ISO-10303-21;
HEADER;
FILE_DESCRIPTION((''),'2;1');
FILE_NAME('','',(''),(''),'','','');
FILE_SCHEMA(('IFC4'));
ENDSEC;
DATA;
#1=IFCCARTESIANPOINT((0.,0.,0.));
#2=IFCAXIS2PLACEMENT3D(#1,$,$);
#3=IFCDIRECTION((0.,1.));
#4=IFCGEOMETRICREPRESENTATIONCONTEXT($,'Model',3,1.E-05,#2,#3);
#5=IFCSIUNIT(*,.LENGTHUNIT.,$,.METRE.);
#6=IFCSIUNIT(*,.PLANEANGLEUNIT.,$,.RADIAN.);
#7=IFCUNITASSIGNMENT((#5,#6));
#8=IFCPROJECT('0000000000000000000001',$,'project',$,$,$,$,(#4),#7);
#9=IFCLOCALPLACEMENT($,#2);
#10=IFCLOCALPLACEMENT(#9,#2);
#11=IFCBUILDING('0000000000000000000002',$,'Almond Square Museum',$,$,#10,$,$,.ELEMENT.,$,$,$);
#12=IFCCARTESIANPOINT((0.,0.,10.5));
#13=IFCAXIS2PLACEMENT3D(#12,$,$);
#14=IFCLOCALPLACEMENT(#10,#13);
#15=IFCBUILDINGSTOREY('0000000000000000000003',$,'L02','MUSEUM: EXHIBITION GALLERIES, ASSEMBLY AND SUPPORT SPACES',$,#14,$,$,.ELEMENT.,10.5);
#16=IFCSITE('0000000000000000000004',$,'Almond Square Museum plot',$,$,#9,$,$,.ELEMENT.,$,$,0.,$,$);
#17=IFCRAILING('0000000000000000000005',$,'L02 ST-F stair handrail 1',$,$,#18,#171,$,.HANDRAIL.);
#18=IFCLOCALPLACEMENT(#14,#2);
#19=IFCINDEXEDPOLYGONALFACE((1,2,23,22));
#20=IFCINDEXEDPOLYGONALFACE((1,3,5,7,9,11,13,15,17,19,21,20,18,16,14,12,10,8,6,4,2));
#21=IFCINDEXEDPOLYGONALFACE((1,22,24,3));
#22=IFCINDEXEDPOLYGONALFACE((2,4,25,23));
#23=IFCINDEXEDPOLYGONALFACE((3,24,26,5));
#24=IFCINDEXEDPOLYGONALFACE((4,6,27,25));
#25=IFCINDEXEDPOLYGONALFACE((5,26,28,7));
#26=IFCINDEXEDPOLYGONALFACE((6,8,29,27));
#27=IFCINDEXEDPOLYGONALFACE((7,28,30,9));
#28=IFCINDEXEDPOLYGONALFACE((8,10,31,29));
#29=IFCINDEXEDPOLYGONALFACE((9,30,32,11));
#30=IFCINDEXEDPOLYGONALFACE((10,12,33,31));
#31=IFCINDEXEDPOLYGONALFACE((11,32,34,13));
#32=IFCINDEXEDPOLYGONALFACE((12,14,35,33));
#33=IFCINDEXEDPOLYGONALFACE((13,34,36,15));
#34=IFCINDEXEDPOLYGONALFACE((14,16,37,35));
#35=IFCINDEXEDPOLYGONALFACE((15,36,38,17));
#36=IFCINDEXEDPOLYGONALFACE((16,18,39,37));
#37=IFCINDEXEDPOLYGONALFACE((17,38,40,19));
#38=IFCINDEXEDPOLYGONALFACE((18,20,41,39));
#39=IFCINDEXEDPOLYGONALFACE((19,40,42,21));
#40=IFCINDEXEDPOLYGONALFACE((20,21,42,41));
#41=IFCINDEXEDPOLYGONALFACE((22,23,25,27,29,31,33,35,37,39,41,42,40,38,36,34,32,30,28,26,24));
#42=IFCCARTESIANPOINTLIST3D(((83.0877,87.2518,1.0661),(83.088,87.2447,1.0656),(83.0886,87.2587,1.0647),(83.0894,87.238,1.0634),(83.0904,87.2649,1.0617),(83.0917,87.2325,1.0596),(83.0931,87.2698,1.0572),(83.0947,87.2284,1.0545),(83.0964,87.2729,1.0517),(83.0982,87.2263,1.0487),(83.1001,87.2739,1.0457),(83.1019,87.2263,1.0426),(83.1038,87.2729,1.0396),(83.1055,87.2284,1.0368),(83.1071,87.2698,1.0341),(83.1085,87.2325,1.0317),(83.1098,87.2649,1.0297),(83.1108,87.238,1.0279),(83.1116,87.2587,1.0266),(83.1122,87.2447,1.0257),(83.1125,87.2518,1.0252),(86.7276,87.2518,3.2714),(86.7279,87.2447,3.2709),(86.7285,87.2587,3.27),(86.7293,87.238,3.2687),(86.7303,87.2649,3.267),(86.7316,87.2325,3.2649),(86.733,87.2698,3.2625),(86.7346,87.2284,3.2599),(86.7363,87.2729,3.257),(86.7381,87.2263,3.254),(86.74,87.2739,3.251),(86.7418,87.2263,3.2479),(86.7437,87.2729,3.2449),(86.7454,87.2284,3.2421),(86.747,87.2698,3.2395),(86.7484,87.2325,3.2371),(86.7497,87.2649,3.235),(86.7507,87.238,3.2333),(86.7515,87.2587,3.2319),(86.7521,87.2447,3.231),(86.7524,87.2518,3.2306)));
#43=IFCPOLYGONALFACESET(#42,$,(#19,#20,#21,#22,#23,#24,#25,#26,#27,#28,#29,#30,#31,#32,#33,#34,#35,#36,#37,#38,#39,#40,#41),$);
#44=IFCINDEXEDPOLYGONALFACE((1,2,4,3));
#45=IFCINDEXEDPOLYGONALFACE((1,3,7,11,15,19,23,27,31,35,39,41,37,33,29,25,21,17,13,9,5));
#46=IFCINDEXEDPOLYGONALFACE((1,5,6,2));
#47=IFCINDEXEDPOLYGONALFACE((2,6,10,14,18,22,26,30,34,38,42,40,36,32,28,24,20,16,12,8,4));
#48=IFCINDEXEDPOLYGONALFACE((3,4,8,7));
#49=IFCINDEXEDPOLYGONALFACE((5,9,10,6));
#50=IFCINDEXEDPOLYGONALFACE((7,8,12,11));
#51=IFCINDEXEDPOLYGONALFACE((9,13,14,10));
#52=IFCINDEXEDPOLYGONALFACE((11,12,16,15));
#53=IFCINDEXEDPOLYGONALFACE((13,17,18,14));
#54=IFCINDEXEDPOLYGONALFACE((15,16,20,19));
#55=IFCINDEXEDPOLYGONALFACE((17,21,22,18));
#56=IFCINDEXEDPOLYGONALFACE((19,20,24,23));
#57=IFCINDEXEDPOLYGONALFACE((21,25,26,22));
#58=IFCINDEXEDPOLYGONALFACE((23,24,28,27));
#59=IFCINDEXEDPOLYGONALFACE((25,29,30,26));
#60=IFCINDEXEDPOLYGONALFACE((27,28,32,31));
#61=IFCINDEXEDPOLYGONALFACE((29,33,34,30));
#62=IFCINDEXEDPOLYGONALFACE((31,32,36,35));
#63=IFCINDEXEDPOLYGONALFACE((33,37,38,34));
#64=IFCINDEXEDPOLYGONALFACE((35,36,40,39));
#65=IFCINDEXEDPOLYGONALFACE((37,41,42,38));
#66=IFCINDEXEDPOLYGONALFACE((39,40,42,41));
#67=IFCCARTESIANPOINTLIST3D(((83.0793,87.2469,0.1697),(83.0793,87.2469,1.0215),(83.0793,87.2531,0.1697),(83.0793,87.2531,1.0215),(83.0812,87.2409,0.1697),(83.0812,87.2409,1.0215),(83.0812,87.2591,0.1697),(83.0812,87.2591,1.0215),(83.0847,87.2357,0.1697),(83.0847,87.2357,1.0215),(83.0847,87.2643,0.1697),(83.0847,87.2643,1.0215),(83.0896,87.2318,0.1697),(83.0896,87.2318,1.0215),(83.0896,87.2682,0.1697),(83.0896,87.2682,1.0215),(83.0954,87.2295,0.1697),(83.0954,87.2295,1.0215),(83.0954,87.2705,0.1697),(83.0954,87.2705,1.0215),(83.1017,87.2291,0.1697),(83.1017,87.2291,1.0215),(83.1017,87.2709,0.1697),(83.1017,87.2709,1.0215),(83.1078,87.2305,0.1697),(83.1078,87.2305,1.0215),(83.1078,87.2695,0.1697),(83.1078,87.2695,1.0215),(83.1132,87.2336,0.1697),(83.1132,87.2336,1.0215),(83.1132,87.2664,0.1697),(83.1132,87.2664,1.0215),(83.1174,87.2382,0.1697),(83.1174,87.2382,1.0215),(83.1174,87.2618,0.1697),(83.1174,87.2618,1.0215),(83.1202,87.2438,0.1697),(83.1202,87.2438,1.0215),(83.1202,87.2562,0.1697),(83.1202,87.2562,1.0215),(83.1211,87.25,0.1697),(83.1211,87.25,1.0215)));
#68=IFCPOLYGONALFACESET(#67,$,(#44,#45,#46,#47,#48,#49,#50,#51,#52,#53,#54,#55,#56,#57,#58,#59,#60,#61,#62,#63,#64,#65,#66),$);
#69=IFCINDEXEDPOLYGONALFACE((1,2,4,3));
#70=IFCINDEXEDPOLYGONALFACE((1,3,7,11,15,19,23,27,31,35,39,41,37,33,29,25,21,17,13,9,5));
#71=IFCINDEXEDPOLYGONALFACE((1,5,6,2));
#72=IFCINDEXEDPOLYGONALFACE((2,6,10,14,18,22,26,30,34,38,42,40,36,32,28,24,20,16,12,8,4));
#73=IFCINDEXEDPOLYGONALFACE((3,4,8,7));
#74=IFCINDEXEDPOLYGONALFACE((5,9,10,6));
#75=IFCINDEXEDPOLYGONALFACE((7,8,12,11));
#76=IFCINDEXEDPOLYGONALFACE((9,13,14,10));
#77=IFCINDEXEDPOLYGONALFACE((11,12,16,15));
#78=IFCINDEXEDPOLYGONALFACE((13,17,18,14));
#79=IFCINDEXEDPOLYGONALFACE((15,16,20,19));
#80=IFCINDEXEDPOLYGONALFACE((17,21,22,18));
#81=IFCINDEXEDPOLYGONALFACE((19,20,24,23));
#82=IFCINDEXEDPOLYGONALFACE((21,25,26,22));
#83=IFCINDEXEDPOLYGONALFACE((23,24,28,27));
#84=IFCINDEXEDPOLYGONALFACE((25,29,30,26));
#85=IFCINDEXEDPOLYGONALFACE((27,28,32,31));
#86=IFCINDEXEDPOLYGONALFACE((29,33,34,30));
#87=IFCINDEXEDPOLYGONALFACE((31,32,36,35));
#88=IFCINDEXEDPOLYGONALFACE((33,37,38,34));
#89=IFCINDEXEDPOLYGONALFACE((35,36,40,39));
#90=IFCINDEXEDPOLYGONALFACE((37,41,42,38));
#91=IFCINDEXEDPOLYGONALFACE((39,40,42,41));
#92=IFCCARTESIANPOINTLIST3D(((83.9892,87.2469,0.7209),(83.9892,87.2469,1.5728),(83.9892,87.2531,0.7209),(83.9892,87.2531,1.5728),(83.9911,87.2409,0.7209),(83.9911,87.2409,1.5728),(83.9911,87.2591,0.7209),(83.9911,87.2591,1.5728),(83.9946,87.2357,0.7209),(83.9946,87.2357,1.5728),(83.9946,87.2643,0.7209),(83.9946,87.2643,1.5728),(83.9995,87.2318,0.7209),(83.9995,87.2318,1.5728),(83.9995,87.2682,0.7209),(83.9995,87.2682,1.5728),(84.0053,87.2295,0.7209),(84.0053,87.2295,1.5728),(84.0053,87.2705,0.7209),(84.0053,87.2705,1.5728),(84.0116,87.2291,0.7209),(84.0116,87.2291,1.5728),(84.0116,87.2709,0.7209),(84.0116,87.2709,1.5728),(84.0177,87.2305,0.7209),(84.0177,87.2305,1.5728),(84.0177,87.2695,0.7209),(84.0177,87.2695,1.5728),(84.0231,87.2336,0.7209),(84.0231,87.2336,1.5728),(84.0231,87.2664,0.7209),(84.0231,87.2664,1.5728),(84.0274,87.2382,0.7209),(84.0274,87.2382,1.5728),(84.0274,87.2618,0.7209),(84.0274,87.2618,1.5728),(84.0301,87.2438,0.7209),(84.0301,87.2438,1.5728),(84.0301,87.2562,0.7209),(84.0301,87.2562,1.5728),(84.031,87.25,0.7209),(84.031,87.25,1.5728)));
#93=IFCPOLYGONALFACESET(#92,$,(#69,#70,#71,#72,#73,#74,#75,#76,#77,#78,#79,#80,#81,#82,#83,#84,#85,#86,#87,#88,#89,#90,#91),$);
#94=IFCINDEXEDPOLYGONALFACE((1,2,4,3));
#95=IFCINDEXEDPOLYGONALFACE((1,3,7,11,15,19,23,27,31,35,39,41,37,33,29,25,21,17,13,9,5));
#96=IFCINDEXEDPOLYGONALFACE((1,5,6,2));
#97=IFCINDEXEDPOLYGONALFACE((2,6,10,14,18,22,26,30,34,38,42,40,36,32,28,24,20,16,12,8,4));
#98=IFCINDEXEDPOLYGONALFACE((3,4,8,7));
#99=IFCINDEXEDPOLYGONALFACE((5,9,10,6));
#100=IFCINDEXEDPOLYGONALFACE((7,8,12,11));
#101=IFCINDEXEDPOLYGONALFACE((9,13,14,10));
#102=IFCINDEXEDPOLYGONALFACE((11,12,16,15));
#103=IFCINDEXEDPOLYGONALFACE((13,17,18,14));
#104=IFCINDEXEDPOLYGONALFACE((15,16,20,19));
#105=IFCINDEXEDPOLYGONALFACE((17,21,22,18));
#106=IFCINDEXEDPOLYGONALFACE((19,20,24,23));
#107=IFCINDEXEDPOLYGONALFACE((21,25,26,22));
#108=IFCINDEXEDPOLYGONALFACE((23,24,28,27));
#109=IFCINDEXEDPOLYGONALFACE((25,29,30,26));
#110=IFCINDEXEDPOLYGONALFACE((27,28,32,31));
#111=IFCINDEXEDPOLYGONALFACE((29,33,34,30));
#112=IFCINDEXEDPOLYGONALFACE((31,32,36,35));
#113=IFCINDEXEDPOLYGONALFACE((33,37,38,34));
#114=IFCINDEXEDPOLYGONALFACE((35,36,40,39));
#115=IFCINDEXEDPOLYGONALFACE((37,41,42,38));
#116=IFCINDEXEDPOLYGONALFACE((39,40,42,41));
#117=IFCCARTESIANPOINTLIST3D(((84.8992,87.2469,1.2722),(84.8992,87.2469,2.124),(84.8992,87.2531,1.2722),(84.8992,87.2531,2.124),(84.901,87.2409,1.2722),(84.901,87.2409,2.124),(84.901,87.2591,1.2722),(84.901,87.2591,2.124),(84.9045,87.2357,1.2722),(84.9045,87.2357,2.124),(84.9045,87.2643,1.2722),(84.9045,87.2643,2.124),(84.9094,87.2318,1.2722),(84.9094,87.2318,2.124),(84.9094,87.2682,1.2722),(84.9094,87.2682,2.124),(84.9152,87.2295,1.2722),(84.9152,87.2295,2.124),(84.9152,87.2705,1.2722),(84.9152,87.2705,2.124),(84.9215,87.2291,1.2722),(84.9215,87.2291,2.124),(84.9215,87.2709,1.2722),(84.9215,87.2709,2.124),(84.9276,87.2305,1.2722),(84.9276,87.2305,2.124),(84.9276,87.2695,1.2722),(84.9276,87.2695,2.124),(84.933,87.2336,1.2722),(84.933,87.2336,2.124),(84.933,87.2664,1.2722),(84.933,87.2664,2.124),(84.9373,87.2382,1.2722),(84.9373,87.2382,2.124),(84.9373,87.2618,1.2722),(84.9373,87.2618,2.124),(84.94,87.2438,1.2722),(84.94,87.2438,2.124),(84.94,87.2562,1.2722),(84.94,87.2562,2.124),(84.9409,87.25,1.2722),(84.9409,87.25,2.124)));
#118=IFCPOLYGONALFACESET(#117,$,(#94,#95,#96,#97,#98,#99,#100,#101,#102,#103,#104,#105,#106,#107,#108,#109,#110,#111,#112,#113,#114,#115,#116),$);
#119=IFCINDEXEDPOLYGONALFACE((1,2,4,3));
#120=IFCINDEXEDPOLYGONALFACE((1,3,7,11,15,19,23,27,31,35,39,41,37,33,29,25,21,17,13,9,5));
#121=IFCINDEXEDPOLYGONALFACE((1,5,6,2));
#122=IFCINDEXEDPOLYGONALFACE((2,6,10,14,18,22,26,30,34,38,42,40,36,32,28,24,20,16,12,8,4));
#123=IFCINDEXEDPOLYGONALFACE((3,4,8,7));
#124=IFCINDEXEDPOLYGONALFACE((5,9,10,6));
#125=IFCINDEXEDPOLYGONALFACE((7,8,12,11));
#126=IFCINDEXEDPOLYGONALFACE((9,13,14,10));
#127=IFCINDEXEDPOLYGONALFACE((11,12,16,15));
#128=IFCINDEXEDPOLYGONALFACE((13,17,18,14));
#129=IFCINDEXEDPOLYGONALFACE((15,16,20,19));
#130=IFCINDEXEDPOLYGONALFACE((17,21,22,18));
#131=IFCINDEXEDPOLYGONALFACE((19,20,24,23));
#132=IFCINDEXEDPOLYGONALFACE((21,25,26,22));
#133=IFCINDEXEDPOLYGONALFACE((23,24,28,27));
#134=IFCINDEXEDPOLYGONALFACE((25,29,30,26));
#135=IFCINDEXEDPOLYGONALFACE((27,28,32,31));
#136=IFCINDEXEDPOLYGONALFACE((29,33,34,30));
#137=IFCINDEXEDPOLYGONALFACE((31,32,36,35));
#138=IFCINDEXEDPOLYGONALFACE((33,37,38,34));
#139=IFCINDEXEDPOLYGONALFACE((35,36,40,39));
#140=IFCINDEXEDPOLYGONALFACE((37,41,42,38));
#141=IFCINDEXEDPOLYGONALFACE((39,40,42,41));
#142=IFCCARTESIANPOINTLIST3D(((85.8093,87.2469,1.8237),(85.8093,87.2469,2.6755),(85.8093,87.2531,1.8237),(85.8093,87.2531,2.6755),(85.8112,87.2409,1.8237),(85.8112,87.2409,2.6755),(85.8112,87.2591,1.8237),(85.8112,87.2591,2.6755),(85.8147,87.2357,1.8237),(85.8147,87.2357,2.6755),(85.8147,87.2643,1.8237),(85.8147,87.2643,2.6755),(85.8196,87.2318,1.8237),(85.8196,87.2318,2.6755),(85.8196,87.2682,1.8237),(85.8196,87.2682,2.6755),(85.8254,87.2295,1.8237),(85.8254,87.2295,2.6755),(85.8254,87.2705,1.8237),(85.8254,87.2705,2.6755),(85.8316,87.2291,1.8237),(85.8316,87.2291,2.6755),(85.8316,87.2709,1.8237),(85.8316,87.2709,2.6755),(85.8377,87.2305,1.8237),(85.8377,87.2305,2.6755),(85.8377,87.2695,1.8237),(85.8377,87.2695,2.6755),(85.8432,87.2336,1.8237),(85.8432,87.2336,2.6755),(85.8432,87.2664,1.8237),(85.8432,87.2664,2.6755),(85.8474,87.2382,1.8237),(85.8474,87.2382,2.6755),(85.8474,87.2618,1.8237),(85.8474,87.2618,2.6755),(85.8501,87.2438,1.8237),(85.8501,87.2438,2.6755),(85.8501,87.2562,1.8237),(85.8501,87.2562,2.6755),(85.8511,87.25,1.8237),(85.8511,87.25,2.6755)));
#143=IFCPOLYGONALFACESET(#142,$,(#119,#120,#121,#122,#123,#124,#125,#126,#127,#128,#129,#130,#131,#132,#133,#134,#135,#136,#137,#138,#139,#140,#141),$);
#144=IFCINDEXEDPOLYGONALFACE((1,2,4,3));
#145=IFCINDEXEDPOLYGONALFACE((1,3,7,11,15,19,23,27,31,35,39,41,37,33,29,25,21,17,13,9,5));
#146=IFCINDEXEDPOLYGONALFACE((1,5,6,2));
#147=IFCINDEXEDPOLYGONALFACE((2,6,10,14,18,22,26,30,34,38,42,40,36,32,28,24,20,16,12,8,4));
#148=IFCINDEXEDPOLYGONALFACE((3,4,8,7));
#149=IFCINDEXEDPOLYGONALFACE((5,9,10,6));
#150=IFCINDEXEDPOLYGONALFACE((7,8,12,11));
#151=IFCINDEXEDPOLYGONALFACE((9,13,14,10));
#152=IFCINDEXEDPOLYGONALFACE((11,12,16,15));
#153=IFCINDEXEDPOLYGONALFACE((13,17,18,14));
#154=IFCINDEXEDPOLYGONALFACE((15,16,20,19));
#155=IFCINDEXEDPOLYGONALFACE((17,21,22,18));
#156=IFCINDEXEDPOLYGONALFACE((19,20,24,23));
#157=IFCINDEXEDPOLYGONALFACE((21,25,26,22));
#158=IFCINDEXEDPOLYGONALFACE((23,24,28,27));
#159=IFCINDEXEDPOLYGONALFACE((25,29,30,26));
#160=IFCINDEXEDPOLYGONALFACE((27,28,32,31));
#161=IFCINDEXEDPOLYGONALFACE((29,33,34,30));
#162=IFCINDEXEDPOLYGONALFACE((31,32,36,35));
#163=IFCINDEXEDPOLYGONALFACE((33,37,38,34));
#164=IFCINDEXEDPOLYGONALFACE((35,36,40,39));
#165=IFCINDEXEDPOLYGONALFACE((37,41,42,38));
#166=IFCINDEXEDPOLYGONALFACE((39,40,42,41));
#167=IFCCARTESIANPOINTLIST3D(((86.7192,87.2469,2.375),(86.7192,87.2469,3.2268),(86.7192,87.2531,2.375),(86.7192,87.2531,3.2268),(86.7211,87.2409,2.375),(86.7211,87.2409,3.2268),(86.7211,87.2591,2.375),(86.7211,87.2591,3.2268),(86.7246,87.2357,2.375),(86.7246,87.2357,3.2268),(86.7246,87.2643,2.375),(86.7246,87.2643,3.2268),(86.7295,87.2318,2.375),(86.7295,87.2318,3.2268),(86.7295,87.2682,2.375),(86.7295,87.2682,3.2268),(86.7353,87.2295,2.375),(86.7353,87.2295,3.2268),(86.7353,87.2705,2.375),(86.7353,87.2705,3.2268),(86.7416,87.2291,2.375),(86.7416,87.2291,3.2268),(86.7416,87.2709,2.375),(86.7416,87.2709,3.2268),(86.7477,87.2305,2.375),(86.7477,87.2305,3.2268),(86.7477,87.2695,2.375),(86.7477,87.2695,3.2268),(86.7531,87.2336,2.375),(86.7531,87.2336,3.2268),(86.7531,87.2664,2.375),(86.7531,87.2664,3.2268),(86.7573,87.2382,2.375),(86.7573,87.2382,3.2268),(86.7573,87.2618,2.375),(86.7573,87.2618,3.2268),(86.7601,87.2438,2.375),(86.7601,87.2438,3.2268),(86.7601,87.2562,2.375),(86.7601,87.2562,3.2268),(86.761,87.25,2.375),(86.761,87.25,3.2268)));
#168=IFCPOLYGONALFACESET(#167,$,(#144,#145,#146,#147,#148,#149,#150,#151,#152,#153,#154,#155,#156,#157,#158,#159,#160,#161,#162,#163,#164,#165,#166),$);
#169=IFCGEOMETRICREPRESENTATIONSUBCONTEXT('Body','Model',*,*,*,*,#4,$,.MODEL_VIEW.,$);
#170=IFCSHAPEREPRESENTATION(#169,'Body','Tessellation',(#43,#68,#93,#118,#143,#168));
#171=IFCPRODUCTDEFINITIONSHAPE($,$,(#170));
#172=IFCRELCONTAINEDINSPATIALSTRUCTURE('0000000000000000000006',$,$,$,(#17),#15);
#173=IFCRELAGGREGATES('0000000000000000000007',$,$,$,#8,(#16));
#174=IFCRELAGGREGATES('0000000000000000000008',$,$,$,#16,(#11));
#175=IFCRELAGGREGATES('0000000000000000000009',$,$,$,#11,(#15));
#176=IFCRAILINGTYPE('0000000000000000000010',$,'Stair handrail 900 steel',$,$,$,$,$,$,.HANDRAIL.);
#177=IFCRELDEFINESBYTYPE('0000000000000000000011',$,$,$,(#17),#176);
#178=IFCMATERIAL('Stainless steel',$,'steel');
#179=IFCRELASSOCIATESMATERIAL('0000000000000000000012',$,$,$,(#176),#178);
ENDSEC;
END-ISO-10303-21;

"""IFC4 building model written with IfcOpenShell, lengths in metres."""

from ifc_helpers import new_model, si_unit, direction, frame, origin, origin_2d, place, context, subcontext, project, spatial, circle, extrude, material, type_object, element, save


model = new_model("IFC4")

# Units and contexts
model_context = context("Model", 3, precision=1e-05, world=origin(), true_north=direction((0.0, 1.0)))
body_context = subcontext(model_context, "Body", "Model", "MODEL_VIEW")
ifc_project = project(units=[si_unit("LENGTHUNIT", "METRE"), si_unit("PLANEANGLEUNIT", "RADIAN")], contexts=[model_context])

# Site, building, storey
site_placement = place(None, origin())
site = spatial("IfcSite", under=ifc_project, at=site_placement, Name="Almond Square Museum plot", CompositionType="ELEMENT", RefElevation=0.0)
building_placement = place(site_placement, origin())
building = spatial("IfcBuilding", under=site, at=building_placement, Name="Almond Square Museum", CompositionType="ELEMENT")
storey_placement = place(building_placement, frame((0.0, 0.0, 10.5)))
storey = spatial("IfcBuildingStorey", under=building, at=storey_placement, Name="L02", Description="MUSEUM: EXHIBITION GALLERIES, ASSEMBLY AND SUPPORT SPACES", CompositionType="ELEMENT", Elevation=10.5)

# Railing
ifc_material_1 = material(Name="Stainless steel", Category="steel")
railing_type_1 = type_object("IfcRailingType", Name="Stair handrail 900 steel", PredefinedType="HANDRAIL", material=ifc_material_1)
for number, where, name in (
    (1, (83.1001, 87.25, 0.1697), "L02 ST-F stair handrail 1"),
):
    element("IfcRailing", number, at=place(storey_placement, frame(where)), inside=storey, type_object=railing_type_1, Name=name, PredefinedType="HANDRAIL", context=body_context, shape_type="SweptSolid", body=[
        extrude(circle(Radius=0.0239, at=origin_2d()), frame((0.0, 0.0, 0.876), z_axis=(0.855268, 0.0, 0.518186), x_axis=(0.0, 1.0, 0.0)), (0.0, 0.0, 1.0), 4.2559),
        extrude(circle(Radius=0.021, at=origin_2d()), origin(), (0.0, 0.0, 1.0), 0.8518),
        extrude(circle(Radius=0.021, at=origin_2d()), frame((0.9099, 0.0, 0.5513)), (0.0, 0.0, 1.0), 0.8518),
        extrude(circle(Radius=0.021, at=origin_2d()), frame((1.8198, 0.0, 1.1025)), (0.0, 0.0, 1.0), 0.8518),
        extrude(circle(Radius=0.021, at=origin_2d()), frame((2.73, 0.0, 1.6541)), (0.0, 0.0, 1.0), 0.8518),
        extrude(circle(Radius=0.021, at=origin_2d()), frame((3.6399, 0.0, 2.2053)), (0.0, 0.0, 1.0), 0.8518),
    ])

save(model, "model.ifc")
